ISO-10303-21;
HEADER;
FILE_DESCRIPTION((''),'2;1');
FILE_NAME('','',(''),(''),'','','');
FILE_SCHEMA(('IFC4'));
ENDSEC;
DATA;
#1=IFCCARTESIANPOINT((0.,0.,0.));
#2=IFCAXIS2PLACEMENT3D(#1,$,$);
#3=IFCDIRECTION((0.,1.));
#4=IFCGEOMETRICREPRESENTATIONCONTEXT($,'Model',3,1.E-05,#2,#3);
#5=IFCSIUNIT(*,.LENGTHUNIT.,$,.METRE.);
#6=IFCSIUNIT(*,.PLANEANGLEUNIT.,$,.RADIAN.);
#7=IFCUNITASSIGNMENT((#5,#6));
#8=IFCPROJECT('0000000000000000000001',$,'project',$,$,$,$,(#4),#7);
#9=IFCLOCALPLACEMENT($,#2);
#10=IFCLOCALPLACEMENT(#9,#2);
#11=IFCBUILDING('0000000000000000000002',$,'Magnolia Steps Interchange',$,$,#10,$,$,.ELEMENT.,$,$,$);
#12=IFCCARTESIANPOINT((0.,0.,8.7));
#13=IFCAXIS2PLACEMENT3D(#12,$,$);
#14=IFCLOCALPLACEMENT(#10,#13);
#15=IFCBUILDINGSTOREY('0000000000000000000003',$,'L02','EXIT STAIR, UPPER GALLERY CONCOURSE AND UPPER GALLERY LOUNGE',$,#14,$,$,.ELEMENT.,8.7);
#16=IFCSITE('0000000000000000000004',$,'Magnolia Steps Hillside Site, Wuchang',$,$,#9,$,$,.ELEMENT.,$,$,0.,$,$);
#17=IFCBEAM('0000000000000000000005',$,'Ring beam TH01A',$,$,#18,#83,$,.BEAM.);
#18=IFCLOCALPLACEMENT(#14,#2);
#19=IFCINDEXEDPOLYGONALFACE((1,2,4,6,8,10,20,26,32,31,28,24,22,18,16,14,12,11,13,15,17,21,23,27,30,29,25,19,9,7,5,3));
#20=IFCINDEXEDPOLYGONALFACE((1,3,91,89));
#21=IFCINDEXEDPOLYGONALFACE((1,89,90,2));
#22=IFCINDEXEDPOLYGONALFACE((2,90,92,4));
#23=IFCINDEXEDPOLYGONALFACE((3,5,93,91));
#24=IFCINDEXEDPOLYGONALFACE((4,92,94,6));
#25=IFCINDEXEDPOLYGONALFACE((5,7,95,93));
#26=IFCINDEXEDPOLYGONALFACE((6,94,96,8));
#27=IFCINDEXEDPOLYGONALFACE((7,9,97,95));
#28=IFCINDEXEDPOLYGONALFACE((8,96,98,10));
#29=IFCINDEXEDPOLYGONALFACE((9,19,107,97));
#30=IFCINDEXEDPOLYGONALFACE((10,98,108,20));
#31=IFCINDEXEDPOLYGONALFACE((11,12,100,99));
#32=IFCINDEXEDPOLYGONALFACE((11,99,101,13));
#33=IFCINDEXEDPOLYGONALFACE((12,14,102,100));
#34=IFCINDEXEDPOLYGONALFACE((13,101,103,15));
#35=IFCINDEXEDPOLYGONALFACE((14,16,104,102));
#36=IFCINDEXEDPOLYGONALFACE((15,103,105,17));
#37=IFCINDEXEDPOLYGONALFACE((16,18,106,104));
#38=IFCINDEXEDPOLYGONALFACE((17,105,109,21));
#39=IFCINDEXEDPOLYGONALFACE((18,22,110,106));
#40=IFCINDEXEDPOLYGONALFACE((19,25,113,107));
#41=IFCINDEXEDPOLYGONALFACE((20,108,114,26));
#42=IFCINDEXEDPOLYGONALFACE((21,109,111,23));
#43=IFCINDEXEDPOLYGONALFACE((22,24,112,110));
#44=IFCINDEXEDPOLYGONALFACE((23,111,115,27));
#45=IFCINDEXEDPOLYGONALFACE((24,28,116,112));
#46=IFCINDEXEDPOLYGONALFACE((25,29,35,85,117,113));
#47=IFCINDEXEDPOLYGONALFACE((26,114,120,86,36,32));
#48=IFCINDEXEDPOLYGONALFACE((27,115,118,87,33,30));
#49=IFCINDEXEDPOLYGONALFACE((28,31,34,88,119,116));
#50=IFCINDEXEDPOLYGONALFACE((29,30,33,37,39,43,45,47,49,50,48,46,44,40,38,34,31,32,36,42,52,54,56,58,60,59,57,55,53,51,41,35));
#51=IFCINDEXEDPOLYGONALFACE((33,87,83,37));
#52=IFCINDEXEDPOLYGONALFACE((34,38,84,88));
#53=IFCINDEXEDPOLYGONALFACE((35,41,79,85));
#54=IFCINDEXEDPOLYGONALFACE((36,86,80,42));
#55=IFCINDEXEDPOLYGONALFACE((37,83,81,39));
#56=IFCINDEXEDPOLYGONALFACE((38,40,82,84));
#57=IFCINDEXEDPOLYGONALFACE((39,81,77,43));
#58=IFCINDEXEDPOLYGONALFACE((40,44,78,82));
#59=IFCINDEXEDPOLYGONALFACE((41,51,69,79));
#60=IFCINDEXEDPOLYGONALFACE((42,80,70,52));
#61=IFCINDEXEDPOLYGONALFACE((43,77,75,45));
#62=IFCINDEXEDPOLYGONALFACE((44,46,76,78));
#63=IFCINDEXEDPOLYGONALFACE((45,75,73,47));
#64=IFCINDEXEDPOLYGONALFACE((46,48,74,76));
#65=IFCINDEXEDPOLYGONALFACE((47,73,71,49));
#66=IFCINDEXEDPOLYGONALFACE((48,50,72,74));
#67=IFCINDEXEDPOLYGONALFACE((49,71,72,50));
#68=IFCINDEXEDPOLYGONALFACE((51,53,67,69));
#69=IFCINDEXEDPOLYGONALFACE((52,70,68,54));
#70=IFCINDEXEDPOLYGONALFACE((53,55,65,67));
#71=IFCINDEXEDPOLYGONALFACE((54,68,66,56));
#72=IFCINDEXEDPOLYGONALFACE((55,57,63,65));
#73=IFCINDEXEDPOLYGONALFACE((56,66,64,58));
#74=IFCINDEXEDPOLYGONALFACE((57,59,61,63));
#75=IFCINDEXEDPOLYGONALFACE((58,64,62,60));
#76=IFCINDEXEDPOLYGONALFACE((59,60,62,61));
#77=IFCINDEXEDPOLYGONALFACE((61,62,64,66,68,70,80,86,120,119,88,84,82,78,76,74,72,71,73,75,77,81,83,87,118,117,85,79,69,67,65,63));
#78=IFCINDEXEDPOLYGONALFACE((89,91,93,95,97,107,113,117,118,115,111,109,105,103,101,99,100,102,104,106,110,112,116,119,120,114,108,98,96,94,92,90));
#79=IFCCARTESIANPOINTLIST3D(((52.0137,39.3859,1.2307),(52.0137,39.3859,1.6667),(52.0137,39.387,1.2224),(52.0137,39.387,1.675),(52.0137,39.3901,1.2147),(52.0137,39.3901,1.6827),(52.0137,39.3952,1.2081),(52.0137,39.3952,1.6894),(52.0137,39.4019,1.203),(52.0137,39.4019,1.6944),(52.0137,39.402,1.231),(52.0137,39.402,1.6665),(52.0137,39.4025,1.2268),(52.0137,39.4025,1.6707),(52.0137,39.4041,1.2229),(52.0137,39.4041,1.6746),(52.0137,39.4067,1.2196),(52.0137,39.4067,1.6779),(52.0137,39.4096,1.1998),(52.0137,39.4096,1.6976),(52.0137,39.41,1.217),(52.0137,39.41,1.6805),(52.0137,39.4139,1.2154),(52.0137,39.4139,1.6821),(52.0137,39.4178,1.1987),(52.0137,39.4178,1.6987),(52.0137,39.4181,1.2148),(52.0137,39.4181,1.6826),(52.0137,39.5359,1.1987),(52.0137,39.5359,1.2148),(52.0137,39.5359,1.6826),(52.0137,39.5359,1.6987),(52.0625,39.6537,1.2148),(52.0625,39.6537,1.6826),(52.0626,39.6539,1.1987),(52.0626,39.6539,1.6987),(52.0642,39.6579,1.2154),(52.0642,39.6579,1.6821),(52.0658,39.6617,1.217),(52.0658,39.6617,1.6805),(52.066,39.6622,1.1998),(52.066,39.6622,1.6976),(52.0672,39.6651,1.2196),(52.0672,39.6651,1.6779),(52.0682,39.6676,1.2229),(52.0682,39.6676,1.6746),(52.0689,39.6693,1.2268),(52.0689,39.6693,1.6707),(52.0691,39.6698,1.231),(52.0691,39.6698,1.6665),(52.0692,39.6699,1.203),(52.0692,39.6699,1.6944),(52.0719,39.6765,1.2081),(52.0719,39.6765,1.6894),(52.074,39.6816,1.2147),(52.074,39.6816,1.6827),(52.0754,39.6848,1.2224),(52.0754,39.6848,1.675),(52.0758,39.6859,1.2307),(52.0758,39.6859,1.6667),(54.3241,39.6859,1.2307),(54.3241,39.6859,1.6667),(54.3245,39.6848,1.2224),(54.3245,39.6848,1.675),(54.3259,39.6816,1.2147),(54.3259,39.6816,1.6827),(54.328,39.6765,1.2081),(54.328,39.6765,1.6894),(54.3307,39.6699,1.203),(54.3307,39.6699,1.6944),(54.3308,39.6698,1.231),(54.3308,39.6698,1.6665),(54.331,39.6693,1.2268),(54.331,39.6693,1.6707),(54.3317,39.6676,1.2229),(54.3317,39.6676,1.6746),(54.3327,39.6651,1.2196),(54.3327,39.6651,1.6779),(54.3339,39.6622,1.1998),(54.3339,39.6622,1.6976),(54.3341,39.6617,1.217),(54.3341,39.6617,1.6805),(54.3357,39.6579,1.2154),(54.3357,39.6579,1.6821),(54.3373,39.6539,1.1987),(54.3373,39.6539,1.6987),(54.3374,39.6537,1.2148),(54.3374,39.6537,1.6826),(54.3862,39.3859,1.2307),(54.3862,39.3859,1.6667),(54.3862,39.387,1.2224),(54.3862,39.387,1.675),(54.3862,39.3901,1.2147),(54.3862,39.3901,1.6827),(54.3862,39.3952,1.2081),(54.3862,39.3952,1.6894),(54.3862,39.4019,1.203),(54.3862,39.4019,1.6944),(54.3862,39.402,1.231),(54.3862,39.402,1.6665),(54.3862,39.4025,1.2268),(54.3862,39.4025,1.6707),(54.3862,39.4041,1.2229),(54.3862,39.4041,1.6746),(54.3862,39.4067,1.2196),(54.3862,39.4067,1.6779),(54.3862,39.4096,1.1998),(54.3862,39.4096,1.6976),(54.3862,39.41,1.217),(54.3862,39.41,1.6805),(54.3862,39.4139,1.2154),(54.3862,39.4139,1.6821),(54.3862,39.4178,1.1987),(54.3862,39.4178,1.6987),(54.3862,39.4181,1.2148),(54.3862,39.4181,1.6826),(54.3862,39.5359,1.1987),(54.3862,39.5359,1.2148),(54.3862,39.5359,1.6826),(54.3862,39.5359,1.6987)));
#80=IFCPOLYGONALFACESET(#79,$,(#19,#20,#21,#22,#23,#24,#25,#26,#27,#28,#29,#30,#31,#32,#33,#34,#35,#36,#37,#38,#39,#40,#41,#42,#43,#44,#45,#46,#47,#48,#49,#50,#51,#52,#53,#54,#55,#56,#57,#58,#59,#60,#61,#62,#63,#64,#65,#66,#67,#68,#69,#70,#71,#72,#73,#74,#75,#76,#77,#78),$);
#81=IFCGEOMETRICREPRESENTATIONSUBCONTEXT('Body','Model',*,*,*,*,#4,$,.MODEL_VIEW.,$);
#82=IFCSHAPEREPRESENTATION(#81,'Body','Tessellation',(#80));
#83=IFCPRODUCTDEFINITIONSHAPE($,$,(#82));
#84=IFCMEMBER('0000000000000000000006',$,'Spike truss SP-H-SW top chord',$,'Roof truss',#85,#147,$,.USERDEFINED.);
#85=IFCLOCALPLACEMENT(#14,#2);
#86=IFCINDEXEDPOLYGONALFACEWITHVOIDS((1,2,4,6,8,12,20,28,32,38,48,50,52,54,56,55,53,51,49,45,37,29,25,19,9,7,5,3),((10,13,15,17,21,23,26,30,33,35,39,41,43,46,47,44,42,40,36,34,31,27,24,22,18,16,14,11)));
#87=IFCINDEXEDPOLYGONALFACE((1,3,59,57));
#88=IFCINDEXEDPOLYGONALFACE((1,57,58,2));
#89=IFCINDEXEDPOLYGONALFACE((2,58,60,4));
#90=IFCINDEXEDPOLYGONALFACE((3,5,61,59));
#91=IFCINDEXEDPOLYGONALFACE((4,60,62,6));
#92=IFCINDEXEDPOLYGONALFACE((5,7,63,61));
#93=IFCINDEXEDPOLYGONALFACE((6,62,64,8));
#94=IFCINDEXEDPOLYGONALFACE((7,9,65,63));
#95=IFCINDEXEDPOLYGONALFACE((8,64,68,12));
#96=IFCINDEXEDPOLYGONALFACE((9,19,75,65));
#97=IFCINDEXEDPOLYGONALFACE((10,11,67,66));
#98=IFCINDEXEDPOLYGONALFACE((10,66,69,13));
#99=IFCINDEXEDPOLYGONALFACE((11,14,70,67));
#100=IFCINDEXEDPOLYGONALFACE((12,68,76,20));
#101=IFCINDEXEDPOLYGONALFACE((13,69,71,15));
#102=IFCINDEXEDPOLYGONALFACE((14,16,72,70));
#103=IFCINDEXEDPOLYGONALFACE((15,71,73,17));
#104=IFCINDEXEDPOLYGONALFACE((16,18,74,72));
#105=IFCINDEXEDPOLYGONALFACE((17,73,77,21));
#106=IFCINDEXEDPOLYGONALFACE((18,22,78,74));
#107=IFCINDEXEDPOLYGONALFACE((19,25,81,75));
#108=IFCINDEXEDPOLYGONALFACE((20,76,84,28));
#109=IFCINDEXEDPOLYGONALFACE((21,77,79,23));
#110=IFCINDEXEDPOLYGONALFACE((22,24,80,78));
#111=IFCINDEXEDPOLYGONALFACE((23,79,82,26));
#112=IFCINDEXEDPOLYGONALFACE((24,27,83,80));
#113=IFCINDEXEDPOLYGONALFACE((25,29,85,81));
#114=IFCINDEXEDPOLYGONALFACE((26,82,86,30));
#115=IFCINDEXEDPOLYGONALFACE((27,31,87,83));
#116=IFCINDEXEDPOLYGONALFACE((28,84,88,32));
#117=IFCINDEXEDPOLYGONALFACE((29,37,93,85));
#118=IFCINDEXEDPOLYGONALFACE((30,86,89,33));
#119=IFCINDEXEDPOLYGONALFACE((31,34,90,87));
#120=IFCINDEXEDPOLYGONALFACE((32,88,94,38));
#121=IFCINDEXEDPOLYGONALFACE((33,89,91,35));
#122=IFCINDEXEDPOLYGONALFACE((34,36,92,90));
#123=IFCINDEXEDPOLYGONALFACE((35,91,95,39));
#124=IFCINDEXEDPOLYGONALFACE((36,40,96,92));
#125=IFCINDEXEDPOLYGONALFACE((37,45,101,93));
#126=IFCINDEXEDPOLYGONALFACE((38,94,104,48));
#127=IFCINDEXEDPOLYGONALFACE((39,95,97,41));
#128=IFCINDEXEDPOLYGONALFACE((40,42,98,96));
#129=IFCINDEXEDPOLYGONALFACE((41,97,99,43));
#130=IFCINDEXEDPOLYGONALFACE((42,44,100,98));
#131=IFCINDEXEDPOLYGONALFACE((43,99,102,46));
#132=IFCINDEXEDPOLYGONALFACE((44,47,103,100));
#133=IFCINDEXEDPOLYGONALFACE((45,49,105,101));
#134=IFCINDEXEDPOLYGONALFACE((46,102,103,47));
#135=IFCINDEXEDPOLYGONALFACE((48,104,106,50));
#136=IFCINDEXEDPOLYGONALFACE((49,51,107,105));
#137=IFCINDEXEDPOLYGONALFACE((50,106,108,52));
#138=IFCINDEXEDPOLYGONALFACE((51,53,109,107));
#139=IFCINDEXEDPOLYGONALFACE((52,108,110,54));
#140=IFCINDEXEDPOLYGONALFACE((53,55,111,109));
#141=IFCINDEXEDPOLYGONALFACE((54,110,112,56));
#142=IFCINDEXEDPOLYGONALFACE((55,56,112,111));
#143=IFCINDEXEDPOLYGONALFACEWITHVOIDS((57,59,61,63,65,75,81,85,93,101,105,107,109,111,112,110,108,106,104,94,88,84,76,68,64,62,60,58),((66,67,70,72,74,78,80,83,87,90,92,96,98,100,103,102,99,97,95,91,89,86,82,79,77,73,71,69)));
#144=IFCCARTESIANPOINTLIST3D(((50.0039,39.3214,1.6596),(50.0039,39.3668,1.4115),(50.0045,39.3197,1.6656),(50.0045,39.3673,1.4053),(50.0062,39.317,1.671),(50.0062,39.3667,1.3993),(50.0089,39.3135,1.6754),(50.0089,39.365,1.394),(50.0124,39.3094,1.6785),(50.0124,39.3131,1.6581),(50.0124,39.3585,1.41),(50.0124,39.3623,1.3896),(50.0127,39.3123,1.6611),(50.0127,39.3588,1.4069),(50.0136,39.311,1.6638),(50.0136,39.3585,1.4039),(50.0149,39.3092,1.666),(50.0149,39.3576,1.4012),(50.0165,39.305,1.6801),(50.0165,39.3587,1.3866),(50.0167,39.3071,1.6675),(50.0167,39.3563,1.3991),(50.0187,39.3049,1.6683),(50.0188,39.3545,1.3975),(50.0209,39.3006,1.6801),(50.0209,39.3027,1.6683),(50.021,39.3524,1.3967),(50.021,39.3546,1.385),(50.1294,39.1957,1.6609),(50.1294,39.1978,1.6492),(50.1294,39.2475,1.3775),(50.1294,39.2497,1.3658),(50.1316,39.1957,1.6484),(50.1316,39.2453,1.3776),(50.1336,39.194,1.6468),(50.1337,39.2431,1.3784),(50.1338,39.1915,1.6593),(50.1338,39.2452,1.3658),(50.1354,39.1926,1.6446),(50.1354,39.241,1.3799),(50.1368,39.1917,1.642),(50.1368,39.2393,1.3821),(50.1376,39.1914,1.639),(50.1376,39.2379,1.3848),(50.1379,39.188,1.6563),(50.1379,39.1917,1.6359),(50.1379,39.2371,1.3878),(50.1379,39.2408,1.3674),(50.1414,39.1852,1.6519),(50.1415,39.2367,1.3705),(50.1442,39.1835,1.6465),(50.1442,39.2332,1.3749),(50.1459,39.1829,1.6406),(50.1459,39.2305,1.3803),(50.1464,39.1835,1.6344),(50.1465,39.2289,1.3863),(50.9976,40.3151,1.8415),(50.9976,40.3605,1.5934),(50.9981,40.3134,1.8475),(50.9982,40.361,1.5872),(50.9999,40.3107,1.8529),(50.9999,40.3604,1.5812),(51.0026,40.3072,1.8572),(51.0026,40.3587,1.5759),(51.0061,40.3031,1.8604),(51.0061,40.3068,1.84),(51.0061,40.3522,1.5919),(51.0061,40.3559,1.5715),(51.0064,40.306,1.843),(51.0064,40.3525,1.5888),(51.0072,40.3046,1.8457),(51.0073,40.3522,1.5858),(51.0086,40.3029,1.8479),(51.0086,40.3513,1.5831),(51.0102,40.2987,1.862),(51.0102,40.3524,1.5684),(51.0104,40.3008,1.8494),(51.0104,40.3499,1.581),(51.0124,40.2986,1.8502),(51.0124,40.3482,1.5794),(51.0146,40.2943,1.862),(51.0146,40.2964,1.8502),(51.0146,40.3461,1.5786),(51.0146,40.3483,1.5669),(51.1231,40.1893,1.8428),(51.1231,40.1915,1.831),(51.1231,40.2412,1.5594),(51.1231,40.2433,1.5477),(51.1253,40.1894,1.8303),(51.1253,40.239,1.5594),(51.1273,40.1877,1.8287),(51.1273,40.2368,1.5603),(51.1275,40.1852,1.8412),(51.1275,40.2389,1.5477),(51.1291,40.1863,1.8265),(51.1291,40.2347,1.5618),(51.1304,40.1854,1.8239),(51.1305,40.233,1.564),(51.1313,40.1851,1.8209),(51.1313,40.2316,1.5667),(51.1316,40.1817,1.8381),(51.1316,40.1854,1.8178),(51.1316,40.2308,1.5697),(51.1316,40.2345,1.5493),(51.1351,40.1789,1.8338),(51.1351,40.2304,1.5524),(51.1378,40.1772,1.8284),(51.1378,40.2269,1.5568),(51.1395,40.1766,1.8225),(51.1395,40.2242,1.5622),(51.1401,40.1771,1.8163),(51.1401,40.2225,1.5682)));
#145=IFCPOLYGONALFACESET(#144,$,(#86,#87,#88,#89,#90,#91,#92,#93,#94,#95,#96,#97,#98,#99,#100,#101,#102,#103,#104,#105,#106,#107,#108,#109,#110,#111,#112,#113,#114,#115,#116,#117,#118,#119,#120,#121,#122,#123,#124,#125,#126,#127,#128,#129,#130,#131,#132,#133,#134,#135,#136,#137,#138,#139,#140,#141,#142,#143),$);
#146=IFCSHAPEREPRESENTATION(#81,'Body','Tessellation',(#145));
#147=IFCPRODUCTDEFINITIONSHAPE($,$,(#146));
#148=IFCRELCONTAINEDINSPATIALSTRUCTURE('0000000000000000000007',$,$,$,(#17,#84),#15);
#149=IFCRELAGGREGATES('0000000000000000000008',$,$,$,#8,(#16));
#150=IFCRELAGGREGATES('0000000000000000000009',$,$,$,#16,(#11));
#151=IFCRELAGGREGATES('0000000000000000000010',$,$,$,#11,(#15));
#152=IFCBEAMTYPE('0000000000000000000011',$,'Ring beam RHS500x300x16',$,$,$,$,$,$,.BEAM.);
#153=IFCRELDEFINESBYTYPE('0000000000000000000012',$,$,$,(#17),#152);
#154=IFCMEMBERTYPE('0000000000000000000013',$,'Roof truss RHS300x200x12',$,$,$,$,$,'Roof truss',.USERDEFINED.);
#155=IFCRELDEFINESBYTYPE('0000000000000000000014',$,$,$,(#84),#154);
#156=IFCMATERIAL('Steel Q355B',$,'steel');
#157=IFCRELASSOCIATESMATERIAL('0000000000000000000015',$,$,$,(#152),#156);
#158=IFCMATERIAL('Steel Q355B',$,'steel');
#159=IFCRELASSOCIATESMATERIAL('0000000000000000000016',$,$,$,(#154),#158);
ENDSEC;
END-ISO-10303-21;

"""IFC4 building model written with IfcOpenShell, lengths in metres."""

from ifc_helpers import new_model, si_unit, direction, frame, origin, origin_2d, place, context, subcontext, project, spatial, hollow_rectangle, extrude, clip, halfspace, material, material_profile, profile_set, type_object, element, save


model = new_model("IFC4")

# Units and contexts
model_context = context("Model", 3, precision=1e-05, world=origin(), true_north=direction((0.0, 1.0)))
body_context = subcontext(model_context, "Body", "Model", "MODEL_VIEW")
ifc_project = project(units=[si_unit("LENGTHUNIT", "METRE"), si_unit("PLANEANGLEUNIT", "RADIAN")], contexts=[model_context])

# Site, building, storey
site_placement = place(None, origin())
site = spatial("IfcSite", under=ifc_project, at=site_placement, Name="Magnolia Steps Hillside Site, Wuchang", CompositionType="ELEMENT", RefElevation=0.0)
building_placement = place(site_placement, origin())
building = spatial("IfcBuilding", under=site, at=building_placement, Name="Magnolia Steps Interchange", CompositionType="ELEMENT")
storey_placement = place(building_placement, frame((0.0, 0.0, 8.7)))
storey = spatial("IfcBuildingStorey", under=building, at=storey_placement, Name="L02", Description="EXIT STAIR, UPPER GALLERY CONCOURSE AND UPPER GALLERY LOUNGE", CompositionType="ELEMENT", Elevation=8.7)

# Beam
ifc_material_1 = material(Name="Steel Q355B", Category="steel")
ifc_material_profile_1 = material_profile(ifc_material_1, hollow_rectangle(XDim=0.3, YDim=0.5, WallThickness=0.0161, InnerFilletRadius=0.0161, OuterFilletRadius=0.032, at=origin_2d()), Name="RHS500x300x16")
ifc_profile_set_1 = profile_set([ifc_material_profile_1], Name="Steel Q355B")
beam_type = type_object("IfcBeamType", Name="Ring beam RHS500x300x16", PredefinedType="BEAM", material=ifc_profile_set_1)
beam_placement = place(storey_placement, frame((52.0137, 39.5359, 1.4487), z_axis=(1.0, 0.0, 0.0), x_axis=(0.0, 1.0, 0.0)))
element("IfcBeam", 1, at=beam_placement, inside=storey, type_object=beam_type, Name="Ring beam TH01A", PredefinedType="BEAM", context=body_context, shape_type="Clipping", body=[
    clip(clip(extrude(hollow_rectangle(XDim=0.3, YDim=0.5, WallThickness=0.0161, InnerFilletRadius=0.0161, OuterFilletRadius=0.032, at=origin_2d()), origin(), (0.0, 0.0, 1.0), 2.3726), halfspace(frame((0.0, 0.0, 0.0), z_axis=(0.382683, 0.0, -0.92388), x_axis=(0.92388, 0.0, 0.382683)), False)), halfspace(frame((0.0, 0.0, 2.3726), z_axis=(0.382683, 0.0, 0.92388), x_axis=(0.92388, 0.0, -0.382683)), False)),
])

# Member
ifc_material_2 = material(Name="Steel Q355B", Category="steel")
ifc_material_profile_2 = material_profile(ifc_material_2, hollow_rectangle(XDim=0.2, YDim=0.3, WallThickness=0.012, InnerFilletRadius=0.012, OuterFilletRadius=0.0239, at=origin_2d()), Name="RHS300x200x12")
ifc_profile_set_2 = profile_set([ifc_material_profile_2], Name="Steel Q355B")
member_type_1 = type_object("IfcMemberType", Name="Roof truss RHS300x200x12", ElementType="Roof truss", PredefinedType="USERDEFINED", material=ifc_profile_set_2)
for number, where, z_axis, x_axis, name in (
    (2, (51.0688, 40.2688, 1.7048), (-0.701257, -0.701257, -0.128363), (0.712908, -0.689811, -0.126185), "Spike truss SP-H-SW top chord"),
):
    element("IfcMember", number, at=place(storey_placement, frame(where, z_axis=z_axis, x_axis=x_axis)), inside=storey, type_object=member_type_1, Name=name, ObjectType="Roof truss", PredefinedType="USERDEFINED", context=body_context, shape_type="SweptSolid", body=[
        extrude(hollow_rectangle(XDim=0.2, YDim=0.3, WallThickness=0.012, InnerFilletRadius=0.012, OuterFilletRadius=0.0239, at=origin_2d()), origin(), (0.0, 0.0, 1.0), 1.417),
    ])

save(model, "model.ifc")
